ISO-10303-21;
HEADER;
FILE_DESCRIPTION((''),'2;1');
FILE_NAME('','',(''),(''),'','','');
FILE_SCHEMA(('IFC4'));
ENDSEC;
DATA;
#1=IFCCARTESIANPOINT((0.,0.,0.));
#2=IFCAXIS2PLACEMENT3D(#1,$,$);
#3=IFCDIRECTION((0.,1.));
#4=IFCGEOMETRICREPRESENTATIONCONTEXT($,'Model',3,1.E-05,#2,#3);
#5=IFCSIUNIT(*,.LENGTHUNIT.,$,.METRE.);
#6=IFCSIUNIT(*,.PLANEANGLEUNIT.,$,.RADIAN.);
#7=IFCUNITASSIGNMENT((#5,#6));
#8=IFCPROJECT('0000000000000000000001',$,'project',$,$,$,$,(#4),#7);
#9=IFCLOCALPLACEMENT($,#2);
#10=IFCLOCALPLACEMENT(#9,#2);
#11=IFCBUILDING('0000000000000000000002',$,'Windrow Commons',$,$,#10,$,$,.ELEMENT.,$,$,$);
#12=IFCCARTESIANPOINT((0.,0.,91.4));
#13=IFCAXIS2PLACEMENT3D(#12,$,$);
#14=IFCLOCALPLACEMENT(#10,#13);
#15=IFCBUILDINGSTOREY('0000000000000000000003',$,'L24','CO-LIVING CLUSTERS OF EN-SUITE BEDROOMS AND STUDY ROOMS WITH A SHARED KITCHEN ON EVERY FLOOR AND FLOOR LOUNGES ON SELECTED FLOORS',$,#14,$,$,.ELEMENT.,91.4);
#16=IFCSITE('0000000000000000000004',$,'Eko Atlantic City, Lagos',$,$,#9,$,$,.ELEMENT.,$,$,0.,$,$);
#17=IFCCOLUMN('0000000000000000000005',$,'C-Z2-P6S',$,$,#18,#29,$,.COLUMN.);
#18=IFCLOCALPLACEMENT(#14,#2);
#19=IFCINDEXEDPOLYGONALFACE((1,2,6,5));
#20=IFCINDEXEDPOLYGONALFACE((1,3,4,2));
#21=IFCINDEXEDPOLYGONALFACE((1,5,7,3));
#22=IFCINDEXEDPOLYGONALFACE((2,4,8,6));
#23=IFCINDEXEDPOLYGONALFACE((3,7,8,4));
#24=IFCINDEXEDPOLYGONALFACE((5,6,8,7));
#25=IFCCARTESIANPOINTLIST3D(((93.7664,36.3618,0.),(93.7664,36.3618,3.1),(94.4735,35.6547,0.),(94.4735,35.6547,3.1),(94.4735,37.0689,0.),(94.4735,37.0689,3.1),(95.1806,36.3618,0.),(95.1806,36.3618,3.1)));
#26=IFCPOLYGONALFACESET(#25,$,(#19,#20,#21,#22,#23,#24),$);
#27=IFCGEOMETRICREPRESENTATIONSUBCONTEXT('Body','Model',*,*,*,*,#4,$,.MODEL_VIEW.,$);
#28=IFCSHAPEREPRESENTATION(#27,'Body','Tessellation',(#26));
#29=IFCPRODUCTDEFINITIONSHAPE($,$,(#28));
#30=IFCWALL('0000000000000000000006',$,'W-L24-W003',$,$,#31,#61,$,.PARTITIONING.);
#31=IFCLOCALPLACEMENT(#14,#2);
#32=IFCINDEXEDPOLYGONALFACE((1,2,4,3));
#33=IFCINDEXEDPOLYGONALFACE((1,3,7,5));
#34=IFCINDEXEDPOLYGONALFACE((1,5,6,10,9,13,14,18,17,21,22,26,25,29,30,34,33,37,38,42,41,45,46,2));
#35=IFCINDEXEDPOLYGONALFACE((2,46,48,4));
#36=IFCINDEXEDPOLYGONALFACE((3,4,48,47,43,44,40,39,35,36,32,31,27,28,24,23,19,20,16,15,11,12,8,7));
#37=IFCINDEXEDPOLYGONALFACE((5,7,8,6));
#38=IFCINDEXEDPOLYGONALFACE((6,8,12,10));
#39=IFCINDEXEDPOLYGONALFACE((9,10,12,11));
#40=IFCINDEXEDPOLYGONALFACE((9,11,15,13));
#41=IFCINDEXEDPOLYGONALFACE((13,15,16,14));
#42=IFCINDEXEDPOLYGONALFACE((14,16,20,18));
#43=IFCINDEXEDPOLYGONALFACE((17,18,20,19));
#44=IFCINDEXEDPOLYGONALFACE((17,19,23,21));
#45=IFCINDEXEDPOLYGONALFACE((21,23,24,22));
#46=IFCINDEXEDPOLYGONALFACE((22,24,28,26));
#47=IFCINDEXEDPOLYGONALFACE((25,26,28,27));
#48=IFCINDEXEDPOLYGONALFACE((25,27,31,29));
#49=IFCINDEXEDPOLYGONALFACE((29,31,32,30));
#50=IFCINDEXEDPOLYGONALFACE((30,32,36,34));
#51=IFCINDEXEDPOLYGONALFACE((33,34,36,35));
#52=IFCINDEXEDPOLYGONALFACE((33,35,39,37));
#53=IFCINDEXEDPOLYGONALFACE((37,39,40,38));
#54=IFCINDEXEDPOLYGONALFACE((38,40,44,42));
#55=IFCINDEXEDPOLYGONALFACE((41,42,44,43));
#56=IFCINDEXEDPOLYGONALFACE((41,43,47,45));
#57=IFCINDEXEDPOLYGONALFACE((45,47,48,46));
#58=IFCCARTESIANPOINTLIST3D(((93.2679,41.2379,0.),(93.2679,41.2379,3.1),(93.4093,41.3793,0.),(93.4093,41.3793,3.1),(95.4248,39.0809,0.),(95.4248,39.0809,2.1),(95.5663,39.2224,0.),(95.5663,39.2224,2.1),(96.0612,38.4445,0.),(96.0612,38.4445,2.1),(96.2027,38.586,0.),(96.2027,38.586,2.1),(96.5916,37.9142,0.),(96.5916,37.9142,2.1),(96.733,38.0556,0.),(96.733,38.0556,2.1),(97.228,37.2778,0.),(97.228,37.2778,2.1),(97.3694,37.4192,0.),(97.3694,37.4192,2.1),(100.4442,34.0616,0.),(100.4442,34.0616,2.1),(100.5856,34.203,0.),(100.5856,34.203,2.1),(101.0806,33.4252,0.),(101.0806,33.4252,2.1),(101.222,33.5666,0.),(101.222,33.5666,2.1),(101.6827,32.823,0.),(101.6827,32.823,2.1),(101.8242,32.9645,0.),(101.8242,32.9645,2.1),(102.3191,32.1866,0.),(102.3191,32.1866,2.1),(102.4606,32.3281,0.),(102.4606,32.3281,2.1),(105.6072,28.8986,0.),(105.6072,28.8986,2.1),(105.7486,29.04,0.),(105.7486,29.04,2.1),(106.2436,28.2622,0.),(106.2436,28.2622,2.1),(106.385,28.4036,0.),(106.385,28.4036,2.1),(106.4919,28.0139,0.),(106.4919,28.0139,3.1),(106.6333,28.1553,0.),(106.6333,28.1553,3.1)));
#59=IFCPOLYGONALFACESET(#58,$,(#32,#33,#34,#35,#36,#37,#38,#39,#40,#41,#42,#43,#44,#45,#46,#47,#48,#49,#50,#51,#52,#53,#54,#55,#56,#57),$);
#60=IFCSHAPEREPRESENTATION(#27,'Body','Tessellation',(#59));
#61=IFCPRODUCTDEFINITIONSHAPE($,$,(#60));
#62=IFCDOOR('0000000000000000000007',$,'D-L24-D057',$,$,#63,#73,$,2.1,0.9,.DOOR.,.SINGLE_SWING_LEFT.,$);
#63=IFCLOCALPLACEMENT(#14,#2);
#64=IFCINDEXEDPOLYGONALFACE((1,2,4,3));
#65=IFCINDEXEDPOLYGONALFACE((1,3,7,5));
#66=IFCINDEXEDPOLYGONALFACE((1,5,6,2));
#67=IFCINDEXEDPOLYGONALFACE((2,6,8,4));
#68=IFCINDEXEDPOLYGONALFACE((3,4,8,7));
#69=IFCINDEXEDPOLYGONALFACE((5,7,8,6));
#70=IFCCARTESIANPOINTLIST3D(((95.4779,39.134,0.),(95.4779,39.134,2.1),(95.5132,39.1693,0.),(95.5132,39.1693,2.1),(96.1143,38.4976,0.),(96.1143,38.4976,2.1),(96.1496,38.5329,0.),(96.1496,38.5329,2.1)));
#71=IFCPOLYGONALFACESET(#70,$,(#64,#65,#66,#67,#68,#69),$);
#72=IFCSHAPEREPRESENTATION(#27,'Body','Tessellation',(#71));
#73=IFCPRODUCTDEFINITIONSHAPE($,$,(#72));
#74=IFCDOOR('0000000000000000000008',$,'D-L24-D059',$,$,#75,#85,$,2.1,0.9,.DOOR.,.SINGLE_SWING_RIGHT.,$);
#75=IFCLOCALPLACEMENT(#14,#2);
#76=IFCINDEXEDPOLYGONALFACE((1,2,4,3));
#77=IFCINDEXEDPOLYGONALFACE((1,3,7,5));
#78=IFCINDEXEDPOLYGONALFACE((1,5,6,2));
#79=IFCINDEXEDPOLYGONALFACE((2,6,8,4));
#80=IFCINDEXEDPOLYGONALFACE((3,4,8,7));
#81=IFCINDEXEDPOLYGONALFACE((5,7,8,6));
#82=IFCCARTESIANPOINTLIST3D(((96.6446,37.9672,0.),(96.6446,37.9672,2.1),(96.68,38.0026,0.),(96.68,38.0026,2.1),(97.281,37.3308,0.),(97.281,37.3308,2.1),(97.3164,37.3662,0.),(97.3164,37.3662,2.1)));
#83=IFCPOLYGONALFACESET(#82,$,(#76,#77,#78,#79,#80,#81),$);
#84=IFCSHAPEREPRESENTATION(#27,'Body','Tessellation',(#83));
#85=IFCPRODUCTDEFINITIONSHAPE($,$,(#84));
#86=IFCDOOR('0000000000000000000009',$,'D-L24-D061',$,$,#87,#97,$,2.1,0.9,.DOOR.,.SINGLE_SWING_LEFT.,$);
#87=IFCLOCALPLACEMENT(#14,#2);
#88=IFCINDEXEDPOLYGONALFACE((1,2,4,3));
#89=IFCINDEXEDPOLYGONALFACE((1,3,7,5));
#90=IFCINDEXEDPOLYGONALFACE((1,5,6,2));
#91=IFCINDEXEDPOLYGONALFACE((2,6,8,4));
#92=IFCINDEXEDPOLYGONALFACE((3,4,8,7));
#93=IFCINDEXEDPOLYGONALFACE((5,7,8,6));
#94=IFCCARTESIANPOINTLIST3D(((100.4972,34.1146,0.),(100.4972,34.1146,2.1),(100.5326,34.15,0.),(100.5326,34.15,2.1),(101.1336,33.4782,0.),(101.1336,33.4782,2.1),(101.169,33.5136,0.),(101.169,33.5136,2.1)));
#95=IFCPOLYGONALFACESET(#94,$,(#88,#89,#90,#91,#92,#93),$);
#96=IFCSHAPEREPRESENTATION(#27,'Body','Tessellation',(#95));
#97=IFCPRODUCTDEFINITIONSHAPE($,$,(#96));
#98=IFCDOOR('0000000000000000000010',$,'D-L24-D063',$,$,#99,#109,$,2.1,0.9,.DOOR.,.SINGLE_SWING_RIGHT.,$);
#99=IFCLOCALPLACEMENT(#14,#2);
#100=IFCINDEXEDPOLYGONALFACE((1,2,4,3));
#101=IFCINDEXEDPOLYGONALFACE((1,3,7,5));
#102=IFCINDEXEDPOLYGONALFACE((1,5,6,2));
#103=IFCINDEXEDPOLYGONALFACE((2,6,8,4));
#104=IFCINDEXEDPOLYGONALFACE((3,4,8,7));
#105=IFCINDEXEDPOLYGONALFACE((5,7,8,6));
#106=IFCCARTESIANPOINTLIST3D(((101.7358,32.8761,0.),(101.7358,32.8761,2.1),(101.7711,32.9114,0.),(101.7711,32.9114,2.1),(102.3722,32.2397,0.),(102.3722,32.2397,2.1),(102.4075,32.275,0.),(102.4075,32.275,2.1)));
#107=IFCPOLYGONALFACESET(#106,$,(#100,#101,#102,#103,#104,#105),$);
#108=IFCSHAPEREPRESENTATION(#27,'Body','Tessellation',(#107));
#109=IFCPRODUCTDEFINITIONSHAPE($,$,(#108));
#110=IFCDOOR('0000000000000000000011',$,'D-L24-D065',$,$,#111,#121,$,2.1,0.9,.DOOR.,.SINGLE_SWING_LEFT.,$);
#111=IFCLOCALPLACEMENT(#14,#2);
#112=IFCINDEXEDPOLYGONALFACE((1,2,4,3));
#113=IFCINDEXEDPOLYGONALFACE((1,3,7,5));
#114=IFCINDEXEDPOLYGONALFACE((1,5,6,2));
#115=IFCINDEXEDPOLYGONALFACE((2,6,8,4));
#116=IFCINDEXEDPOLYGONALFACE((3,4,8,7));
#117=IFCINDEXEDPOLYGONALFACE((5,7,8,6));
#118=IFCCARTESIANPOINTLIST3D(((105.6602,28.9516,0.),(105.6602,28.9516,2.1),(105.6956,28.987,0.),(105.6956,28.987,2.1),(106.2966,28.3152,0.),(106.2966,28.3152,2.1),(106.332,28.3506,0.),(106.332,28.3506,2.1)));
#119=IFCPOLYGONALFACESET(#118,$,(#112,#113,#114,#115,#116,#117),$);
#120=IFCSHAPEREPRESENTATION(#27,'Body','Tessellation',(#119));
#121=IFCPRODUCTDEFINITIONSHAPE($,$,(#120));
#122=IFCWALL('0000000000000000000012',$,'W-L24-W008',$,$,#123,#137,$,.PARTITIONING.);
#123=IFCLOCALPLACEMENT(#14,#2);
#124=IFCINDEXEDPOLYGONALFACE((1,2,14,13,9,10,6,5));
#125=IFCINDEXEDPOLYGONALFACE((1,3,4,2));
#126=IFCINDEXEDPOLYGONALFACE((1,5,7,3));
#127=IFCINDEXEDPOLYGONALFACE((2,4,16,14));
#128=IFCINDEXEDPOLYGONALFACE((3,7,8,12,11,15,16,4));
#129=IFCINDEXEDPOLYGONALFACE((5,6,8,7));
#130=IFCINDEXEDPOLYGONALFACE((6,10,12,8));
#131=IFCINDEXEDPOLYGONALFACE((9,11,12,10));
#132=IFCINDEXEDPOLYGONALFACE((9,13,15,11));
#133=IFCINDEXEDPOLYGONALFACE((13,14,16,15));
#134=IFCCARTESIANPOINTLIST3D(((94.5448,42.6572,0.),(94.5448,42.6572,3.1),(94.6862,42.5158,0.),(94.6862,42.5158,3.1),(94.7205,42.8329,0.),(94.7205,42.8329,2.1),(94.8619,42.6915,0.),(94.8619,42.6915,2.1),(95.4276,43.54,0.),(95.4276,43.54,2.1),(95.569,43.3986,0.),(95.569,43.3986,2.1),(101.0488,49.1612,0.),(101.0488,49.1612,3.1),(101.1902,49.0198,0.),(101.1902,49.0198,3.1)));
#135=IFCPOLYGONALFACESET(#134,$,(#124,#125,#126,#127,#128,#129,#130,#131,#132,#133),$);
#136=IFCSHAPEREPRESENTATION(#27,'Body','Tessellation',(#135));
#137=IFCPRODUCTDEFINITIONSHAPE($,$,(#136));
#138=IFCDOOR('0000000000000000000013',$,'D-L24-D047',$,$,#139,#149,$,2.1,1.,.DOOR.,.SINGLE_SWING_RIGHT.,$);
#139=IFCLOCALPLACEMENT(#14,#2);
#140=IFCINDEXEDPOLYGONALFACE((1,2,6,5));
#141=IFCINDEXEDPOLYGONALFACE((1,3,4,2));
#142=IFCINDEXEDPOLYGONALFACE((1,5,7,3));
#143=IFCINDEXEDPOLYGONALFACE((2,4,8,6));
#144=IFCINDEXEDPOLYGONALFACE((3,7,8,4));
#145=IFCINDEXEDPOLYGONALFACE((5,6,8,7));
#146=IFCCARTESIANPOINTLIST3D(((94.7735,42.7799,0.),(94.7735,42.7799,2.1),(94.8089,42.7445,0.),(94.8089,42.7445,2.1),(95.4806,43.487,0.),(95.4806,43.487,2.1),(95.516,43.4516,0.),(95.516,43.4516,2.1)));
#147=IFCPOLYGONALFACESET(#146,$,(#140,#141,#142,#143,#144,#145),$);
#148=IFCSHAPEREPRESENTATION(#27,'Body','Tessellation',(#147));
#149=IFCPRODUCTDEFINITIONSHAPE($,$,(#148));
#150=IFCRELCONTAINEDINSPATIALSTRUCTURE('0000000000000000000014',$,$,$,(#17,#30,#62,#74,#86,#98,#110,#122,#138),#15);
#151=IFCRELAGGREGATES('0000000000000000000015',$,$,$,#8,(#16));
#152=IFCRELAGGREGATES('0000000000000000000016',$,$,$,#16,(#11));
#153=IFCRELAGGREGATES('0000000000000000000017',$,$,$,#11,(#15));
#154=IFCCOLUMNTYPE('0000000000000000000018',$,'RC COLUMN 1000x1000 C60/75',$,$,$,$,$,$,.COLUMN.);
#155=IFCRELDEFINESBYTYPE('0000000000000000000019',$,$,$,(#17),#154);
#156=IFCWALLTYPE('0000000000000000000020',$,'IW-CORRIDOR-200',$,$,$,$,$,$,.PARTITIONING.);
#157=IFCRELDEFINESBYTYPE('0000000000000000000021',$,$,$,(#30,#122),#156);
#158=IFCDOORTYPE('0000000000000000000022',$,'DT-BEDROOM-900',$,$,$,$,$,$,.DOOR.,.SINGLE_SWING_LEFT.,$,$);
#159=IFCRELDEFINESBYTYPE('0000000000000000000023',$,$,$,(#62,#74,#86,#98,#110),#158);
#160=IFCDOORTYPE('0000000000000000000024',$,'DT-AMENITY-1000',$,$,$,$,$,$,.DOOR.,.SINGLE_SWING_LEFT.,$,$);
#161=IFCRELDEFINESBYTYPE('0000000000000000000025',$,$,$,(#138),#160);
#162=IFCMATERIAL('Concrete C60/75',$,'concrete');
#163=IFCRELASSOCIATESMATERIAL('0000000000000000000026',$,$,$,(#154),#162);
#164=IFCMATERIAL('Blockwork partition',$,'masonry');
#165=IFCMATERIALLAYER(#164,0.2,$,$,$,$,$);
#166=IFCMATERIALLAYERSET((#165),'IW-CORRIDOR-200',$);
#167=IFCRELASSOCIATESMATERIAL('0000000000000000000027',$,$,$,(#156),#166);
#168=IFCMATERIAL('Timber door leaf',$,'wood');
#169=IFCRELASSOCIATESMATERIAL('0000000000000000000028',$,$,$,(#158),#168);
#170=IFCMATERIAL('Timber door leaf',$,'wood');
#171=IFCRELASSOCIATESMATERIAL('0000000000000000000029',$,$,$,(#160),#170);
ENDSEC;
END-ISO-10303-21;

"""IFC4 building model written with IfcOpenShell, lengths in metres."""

from ifc_helpers import new_model, si_unit, direction, frame, frame_2d, origin, origin_2d, place, context, subcontext, project, spatial, rectangle, extrude, material, layer, layer_set, material_profile, profile_set, type_object, element, fill, save


model = new_model("IFC4")

# Units and contexts
model_context = context("Model", 3, precision=1e-05, world=origin(), true_north=direction((0.0, 1.0)))
body_context = subcontext(model_context, "Body", "Model", "MODEL_VIEW")
ifc_project = project(units=[si_unit("LENGTHUNIT", "METRE"), si_unit("PLANEANGLEUNIT", "RADIAN")], contexts=[model_context])

# Site, building, storey
site_placement = place(None, origin())
site = spatial("IfcSite", under=ifc_project, at=site_placement, Name="Eko Atlantic City, Lagos", CompositionType="ELEMENT", RefElevation=0.0)
building_placement = place(site_placement, origin())
building = spatial("IfcBuilding", under=site, at=building_placement, Name="Windrow Commons", CompositionType="ELEMENT")
storey_placement = place(building_placement, frame((0.0, 0.0, 91.4)))
storey = spatial("IfcBuildingStorey", under=building, at=storey_placement, Name="L24", Description="CO-LIVING CLUSTERS OF EN-SUITE BEDROOMS AND STUDY ROOMS WITH A SHARED KITCHEN ON EVERY FLOOR AND FLOOR LOUNGES ON SELECTED FLOORS", CompositionType="ELEMENT", Elevation=91.4)

# Column
ifc_material_1 = material(Name="Concrete C60/75", Category="concrete")
ifc_material_profile = material_profile(ifc_material_1, rectangle(XDim=1.0, YDim=1.0, at=origin_2d()))
ifc_profile_set = profile_set([ifc_material_profile], Name="Concrete C60/75")
column_type = type_object("IfcColumnType", Name="RC COLUMN 1000x1000 C60/75", PredefinedType="COLUMN", material=ifc_profile_set)
column_placement = place(storey_placement, frame((94.4735, 36.3618, 0.0), z_axis=(0.0, 0.0, 1.0), x_axis=(0.707107, -0.707107, 0.0)))
element("IfcColumn", 1, at=column_placement, inside=storey, type_object=column_type, Name="C-Z2-P6S", PredefinedType="COLUMN", context=body_context, shape_type="SweptSolid", body=[
    extrude(rectangle(XDim=1.0, YDim=1.0, at=origin_2d()), origin(), (0.0, 0.0, 1.0), 3.1),
])

# Wall, openings, doors
ifc_material_2 = material(Name="Blockwork partition", Category="masonry")
ifc_layer_1 = layer(ifc_material_2, 0.2)
ifc_layer_set_1 = layer_set([ifc_layer_1], Name="IW-CORRIDOR-200")
wall_type_1 = type_object("IfcWallType", Name="IW-CORRIDOR-200", PredefinedType="PARTITIONING", material=ifc_layer_set_1)
wall_1_placement = place(storey_placement, frame((93.3386, 41.3086, 0.0), z_axis=(0.0, 0.0, 1.0), x_axis=(0.707107, -0.707107, 0.0)))
wall_1 = element("IfcWall", 2, at=wall_1_placement, inside=storey, type_object=wall_type_1, Name="W-L24-W003", PredefinedType="PARTITIONING", context=body_context, shape_type="SweptSolid", body=[
    extrude(rectangle(XDim=18.7016, YDim=0.2, at=frame_2d((9.3508, 0.0))), origin(), (0.0, 0.0, 1.0), 3.1),
])
opening_1_placement = place(wall_1_placement, frame((3.0504, 0.0, 0.0)))
opening_1 = element("IfcOpeningElement", 3, at=opening_1_placement, cuts=wall_1, PredefinedType="OPENING", context=body_context, shape_type="SweptSolid", body=[
    extrude(rectangle(XDim=0.9, YDim=2.1, at=frame_2d((0.45, 1.05))), frame((0.0, 0.11, 0.0), z_axis=(0.0, -1.0, 0.0), x_axis=(1.0, 0.0, 0.0)), (0.0, 0.0, 1.0), 0.22),
])
opening_2_placement = place(wall_1_placement, frame((4.7004, 0.0, 0.0)))
opening_2 = element("IfcOpeningElement", 4, at=opening_2_placement, cuts=wall_1, PredefinedType="OPENING", context=body_context, shape_type="SweptSolid", body=[
    extrude(rectangle(XDim=0.9, YDim=2.1, at=frame_2d((0.45, 1.05))), frame((0.0, 0.11, 0.0), z_axis=(0.0, -1.0, 0.0), x_axis=(1.0, 0.0, 0.0)), (0.0, 0.0, 1.0), 0.22),
])
opening_3_placement = place(wall_1_placement, frame((10.1488, 0.0, 0.0)))
opening_3 = element("IfcOpeningElement", 5, at=opening_3_placement, cuts=wall_1, PredefinedType="OPENING", context=body_context, shape_type="SweptSolid", body=[
    extrude(rectangle(XDim=0.9, YDim=2.1, at=frame_2d((0.45, 1.05))), frame((0.0, 0.11, 0.0), z_axis=(0.0, -1.0, 0.0), x_axis=(1.0, 0.0, 0.0)), (0.0, 0.0, 1.0), 0.22),
])
opening_4_placement = place(wall_1_placement, frame((11.9004, 0.0, 0.0)))
opening_4 = element("IfcOpeningElement", 6, at=opening_4_placement, cuts=wall_1, PredefinedType="OPENING", context=body_context, shape_type="SweptSolid", body=[
    extrude(rectangle(XDim=0.9, YDim=2.1, at=frame_2d((0.45, 1.05))), frame((0.0, 0.11, 0.0), z_axis=(0.0, -1.0, 0.0), x_axis=(1.0, 0.0, 0.0)), (0.0, 0.0, 1.0), 0.22),
])
opening_5_placement = place(wall_1_placement, frame((17.4504, 0.0, 0.0)))
opening_5 = element("IfcOpeningElement", 7, at=opening_5_placement, cuts=wall_1, PredefinedType="OPENING", context=body_context, shape_type="SweptSolid", body=[
    extrude(rectangle(XDim=0.9, YDim=2.1, at=frame_2d((0.45, 1.05))), frame((0.0, 0.11, 0.0), z_axis=(0.0, -1.0, 0.0), x_axis=(1.0, 0.0, 0.0)), (0.0, 0.0, 1.0), 0.22),
])
ifc_material_3 = material(Name="Timber door leaf", Category="wood")
door_type_1 = type_object("IfcDoorType", Name="DT-BEDROOM-900", OperationType="SINGLE_SWING_LEFT", PredefinedType="DOOR", material=ifc_material_3)
door_1_placement = place(opening_1_placement, origin())
door_1 = element("IfcDoor", 8, at=door_1_placement, inside=storey, type_object=door_type_1, Name="D-L24-D057", OperationType="SINGLE_SWING_LEFT", OverallHeight=2.1, OverallWidth=0.9, PredefinedType="DOOR", context=body_context, shape_type="SweptSolid", body=[
    extrude(rectangle(XDim=0.9, YDim=2.1, at=frame_2d((0.45, 1.05))), frame((0.0, 0.025, 0.0), z_axis=(0.0, -1.0, 0.0), x_axis=(1.0, 0.0, 0.0)), (0.0, 0.0, 1.0), 0.05),
])
fill(opening_1, door_1)
door_2_placement = place(opening_2_placement, origin())
door_2 = element("IfcDoor", 9, at=door_2_placement, inside=storey, type_object=door_type_1, Name="D-L24-D059", OperationType="SINGLE_SWING_RIGHT", OverallHeight=2.1, OverallWidth=0.9, PredefinedType="DOOR", context=body_context, shape_type="SweptSolid", body=[
    extrude(rectangle(XDim=0.9, YDim=2.1, at=frame_2d((0.45, 1.05))), frame((0.0, 0.025, 0.0), z_axis=(0.0, -1.0, 0.0), x_axis=(1.0, 0.0, 0.0)), (0.0, 0.0, 1.0), 0.05),
])
fill(opening_2, door_2)
door_3_placement = place(opening_3_placement, origin())
door_3 = element("IfcDoor", 10, at=door_3_placement, inside=storey, type_object=door_type_1, Name="D-L24-D061", OperationType="SINGLE_SWING_LEFT", OverallHeight=2.1, OverallWidth=0.9, PredefinedType="DOOR", context=body_context, shape_type="SweptSolid", body=[
    extrude(rectangle(XDim=0.9, YDim=2.1, at=frame_2d((0.45, 1.05))), frame((0.0, 0.025, 0.0), z_axis=(0.0, -1.0, 0.0), x_axis=(1.0, 0.0, 0.0)), (0.0, 0.0, 1.0), 0.05),
])
fill(opening_3, door_3)
door_4_placement = place(opening_4_placement, origin())
door_4 = element("IfcDoor", 11, at=door_4_placement, inside=storey, type_object=door_type_1, Name="D-L24-D063", OperationType="SINGLE_SWING_RIGHT", OverallHeight=2.1, OverallWidth=0.9, PredefinedType="DOOR", context=body_context, shape_type="SweptSolid", body=[
    extrude(rectangle(XDim=0.9, YDim=2.1, at=frame_2d((0.45, 1.05))), frame((0.0, 0.025, 0.0), z_axis=(0.0, -1.0, 0.0), x_axis=(1.0, 0.0, 0.0)), (0.0, 0.0, 1.0), 0.05),
])
fill(opening_4, door_4)
door_5_placement = place(opening_5_placement, origin())
door_5 = element("IfcDoor", 12, at=door_5_placement, inside=storey, type_object=door_type_1, Name="D-L24-D065", OperationType="SINGLE_SWING_LEFT", OverallHeight=2.1, OverallWidth=0.9, PredefinedType="DOOR", context=body_context, shape_type="SweptSolid", body=[
    extrude(rectangle(XDim=0.9, YDim=2.1, at=frame_2d((0.45, 1.05))), frame((0.0, 0.025, 0.0), z_axis=(0.0, -1.0, 0.0), x_axis=(1.0, 0.0, 0.0)), (0.0, 0.0, 1.0), 0.05),
])
fill(opening_5, door_5)

# Wall, opening, door
wall_2_placement = place(storey_placement, frame((94.6155, 42.5865, 0.0), z_axis=(0.0, 0.0, 1.0), x_axis=(0.707107, 0.707107, 0.0)))
wall_2 = element("IfcWall", 13, at=wall_2_placement, inside=storey, type_object=wall_type_1, Name="W-L24-W008", PredefinedType="PARTITIONING", context=body_context, shape_type="SweptSolid", body=[
    extrude(rectangle(XDim=9.198, YDim=0.2, at=frame_2d((4.599, 0.0))), origin(), (0.0, 0.0, 1.0), 3.1),
])
opening_6_placement = place(wall_2_placement, frame((0.2485, 0.0, 0.0)))
opening_6 = element("IfcOpeningElement", 14, at=opening_6_placement, cuts=wall_2, PredefinedType="OPENING", context=body_context, shape_type="SweptSolid", body=[
    extrude(rectangle(XDim=1.0, YDim=2.1, at=frame_2d((0.5, 1.05))), frame((0.0, 0.11, 0.0), z_axis=(0.0, -1.0, 0.0), x_axis=(1.0, 0.0, 0.0)), (0.0, 0.0, 1.0), 0.22),
])
ifc_material_4 = material(Name="Timber door leaf", Category="wood")
door_type_2 = type_object("IfcDoorType", Name="DT-AMENITY-1000", OperationType="SINGLE_SWING_LEFT", PredefinedType="DOOR", material=ifc_material_4)
door_6_placement = place(opening_6_placement, origin())
door_6 = element("IfcDoor", 15, at=door_6_placement, inside=storey, type_object=door_type_2, Name="D-L24-D047", OperationType="SINGLE_SWING_RIGHT", OverallHeight=2.1, OverallWidth=1.0, PredefinedType="DOOR", context=body_context, shape_type="SweptSolid", body=[
    extrude(rectangle(XDim=1.0, YDim=2.1, at=frame_2d((0.5, 1.05))), frame((0.0, 0.025, 0.0), z_axis=(0.0, -1.0, 0.0), x_axis=(1.0, 0.0, 0.0)), (0.0, 0.0, 1.0), 0.05),
])
fill(opening_6, door_6)

save(model, "model.ifc")
